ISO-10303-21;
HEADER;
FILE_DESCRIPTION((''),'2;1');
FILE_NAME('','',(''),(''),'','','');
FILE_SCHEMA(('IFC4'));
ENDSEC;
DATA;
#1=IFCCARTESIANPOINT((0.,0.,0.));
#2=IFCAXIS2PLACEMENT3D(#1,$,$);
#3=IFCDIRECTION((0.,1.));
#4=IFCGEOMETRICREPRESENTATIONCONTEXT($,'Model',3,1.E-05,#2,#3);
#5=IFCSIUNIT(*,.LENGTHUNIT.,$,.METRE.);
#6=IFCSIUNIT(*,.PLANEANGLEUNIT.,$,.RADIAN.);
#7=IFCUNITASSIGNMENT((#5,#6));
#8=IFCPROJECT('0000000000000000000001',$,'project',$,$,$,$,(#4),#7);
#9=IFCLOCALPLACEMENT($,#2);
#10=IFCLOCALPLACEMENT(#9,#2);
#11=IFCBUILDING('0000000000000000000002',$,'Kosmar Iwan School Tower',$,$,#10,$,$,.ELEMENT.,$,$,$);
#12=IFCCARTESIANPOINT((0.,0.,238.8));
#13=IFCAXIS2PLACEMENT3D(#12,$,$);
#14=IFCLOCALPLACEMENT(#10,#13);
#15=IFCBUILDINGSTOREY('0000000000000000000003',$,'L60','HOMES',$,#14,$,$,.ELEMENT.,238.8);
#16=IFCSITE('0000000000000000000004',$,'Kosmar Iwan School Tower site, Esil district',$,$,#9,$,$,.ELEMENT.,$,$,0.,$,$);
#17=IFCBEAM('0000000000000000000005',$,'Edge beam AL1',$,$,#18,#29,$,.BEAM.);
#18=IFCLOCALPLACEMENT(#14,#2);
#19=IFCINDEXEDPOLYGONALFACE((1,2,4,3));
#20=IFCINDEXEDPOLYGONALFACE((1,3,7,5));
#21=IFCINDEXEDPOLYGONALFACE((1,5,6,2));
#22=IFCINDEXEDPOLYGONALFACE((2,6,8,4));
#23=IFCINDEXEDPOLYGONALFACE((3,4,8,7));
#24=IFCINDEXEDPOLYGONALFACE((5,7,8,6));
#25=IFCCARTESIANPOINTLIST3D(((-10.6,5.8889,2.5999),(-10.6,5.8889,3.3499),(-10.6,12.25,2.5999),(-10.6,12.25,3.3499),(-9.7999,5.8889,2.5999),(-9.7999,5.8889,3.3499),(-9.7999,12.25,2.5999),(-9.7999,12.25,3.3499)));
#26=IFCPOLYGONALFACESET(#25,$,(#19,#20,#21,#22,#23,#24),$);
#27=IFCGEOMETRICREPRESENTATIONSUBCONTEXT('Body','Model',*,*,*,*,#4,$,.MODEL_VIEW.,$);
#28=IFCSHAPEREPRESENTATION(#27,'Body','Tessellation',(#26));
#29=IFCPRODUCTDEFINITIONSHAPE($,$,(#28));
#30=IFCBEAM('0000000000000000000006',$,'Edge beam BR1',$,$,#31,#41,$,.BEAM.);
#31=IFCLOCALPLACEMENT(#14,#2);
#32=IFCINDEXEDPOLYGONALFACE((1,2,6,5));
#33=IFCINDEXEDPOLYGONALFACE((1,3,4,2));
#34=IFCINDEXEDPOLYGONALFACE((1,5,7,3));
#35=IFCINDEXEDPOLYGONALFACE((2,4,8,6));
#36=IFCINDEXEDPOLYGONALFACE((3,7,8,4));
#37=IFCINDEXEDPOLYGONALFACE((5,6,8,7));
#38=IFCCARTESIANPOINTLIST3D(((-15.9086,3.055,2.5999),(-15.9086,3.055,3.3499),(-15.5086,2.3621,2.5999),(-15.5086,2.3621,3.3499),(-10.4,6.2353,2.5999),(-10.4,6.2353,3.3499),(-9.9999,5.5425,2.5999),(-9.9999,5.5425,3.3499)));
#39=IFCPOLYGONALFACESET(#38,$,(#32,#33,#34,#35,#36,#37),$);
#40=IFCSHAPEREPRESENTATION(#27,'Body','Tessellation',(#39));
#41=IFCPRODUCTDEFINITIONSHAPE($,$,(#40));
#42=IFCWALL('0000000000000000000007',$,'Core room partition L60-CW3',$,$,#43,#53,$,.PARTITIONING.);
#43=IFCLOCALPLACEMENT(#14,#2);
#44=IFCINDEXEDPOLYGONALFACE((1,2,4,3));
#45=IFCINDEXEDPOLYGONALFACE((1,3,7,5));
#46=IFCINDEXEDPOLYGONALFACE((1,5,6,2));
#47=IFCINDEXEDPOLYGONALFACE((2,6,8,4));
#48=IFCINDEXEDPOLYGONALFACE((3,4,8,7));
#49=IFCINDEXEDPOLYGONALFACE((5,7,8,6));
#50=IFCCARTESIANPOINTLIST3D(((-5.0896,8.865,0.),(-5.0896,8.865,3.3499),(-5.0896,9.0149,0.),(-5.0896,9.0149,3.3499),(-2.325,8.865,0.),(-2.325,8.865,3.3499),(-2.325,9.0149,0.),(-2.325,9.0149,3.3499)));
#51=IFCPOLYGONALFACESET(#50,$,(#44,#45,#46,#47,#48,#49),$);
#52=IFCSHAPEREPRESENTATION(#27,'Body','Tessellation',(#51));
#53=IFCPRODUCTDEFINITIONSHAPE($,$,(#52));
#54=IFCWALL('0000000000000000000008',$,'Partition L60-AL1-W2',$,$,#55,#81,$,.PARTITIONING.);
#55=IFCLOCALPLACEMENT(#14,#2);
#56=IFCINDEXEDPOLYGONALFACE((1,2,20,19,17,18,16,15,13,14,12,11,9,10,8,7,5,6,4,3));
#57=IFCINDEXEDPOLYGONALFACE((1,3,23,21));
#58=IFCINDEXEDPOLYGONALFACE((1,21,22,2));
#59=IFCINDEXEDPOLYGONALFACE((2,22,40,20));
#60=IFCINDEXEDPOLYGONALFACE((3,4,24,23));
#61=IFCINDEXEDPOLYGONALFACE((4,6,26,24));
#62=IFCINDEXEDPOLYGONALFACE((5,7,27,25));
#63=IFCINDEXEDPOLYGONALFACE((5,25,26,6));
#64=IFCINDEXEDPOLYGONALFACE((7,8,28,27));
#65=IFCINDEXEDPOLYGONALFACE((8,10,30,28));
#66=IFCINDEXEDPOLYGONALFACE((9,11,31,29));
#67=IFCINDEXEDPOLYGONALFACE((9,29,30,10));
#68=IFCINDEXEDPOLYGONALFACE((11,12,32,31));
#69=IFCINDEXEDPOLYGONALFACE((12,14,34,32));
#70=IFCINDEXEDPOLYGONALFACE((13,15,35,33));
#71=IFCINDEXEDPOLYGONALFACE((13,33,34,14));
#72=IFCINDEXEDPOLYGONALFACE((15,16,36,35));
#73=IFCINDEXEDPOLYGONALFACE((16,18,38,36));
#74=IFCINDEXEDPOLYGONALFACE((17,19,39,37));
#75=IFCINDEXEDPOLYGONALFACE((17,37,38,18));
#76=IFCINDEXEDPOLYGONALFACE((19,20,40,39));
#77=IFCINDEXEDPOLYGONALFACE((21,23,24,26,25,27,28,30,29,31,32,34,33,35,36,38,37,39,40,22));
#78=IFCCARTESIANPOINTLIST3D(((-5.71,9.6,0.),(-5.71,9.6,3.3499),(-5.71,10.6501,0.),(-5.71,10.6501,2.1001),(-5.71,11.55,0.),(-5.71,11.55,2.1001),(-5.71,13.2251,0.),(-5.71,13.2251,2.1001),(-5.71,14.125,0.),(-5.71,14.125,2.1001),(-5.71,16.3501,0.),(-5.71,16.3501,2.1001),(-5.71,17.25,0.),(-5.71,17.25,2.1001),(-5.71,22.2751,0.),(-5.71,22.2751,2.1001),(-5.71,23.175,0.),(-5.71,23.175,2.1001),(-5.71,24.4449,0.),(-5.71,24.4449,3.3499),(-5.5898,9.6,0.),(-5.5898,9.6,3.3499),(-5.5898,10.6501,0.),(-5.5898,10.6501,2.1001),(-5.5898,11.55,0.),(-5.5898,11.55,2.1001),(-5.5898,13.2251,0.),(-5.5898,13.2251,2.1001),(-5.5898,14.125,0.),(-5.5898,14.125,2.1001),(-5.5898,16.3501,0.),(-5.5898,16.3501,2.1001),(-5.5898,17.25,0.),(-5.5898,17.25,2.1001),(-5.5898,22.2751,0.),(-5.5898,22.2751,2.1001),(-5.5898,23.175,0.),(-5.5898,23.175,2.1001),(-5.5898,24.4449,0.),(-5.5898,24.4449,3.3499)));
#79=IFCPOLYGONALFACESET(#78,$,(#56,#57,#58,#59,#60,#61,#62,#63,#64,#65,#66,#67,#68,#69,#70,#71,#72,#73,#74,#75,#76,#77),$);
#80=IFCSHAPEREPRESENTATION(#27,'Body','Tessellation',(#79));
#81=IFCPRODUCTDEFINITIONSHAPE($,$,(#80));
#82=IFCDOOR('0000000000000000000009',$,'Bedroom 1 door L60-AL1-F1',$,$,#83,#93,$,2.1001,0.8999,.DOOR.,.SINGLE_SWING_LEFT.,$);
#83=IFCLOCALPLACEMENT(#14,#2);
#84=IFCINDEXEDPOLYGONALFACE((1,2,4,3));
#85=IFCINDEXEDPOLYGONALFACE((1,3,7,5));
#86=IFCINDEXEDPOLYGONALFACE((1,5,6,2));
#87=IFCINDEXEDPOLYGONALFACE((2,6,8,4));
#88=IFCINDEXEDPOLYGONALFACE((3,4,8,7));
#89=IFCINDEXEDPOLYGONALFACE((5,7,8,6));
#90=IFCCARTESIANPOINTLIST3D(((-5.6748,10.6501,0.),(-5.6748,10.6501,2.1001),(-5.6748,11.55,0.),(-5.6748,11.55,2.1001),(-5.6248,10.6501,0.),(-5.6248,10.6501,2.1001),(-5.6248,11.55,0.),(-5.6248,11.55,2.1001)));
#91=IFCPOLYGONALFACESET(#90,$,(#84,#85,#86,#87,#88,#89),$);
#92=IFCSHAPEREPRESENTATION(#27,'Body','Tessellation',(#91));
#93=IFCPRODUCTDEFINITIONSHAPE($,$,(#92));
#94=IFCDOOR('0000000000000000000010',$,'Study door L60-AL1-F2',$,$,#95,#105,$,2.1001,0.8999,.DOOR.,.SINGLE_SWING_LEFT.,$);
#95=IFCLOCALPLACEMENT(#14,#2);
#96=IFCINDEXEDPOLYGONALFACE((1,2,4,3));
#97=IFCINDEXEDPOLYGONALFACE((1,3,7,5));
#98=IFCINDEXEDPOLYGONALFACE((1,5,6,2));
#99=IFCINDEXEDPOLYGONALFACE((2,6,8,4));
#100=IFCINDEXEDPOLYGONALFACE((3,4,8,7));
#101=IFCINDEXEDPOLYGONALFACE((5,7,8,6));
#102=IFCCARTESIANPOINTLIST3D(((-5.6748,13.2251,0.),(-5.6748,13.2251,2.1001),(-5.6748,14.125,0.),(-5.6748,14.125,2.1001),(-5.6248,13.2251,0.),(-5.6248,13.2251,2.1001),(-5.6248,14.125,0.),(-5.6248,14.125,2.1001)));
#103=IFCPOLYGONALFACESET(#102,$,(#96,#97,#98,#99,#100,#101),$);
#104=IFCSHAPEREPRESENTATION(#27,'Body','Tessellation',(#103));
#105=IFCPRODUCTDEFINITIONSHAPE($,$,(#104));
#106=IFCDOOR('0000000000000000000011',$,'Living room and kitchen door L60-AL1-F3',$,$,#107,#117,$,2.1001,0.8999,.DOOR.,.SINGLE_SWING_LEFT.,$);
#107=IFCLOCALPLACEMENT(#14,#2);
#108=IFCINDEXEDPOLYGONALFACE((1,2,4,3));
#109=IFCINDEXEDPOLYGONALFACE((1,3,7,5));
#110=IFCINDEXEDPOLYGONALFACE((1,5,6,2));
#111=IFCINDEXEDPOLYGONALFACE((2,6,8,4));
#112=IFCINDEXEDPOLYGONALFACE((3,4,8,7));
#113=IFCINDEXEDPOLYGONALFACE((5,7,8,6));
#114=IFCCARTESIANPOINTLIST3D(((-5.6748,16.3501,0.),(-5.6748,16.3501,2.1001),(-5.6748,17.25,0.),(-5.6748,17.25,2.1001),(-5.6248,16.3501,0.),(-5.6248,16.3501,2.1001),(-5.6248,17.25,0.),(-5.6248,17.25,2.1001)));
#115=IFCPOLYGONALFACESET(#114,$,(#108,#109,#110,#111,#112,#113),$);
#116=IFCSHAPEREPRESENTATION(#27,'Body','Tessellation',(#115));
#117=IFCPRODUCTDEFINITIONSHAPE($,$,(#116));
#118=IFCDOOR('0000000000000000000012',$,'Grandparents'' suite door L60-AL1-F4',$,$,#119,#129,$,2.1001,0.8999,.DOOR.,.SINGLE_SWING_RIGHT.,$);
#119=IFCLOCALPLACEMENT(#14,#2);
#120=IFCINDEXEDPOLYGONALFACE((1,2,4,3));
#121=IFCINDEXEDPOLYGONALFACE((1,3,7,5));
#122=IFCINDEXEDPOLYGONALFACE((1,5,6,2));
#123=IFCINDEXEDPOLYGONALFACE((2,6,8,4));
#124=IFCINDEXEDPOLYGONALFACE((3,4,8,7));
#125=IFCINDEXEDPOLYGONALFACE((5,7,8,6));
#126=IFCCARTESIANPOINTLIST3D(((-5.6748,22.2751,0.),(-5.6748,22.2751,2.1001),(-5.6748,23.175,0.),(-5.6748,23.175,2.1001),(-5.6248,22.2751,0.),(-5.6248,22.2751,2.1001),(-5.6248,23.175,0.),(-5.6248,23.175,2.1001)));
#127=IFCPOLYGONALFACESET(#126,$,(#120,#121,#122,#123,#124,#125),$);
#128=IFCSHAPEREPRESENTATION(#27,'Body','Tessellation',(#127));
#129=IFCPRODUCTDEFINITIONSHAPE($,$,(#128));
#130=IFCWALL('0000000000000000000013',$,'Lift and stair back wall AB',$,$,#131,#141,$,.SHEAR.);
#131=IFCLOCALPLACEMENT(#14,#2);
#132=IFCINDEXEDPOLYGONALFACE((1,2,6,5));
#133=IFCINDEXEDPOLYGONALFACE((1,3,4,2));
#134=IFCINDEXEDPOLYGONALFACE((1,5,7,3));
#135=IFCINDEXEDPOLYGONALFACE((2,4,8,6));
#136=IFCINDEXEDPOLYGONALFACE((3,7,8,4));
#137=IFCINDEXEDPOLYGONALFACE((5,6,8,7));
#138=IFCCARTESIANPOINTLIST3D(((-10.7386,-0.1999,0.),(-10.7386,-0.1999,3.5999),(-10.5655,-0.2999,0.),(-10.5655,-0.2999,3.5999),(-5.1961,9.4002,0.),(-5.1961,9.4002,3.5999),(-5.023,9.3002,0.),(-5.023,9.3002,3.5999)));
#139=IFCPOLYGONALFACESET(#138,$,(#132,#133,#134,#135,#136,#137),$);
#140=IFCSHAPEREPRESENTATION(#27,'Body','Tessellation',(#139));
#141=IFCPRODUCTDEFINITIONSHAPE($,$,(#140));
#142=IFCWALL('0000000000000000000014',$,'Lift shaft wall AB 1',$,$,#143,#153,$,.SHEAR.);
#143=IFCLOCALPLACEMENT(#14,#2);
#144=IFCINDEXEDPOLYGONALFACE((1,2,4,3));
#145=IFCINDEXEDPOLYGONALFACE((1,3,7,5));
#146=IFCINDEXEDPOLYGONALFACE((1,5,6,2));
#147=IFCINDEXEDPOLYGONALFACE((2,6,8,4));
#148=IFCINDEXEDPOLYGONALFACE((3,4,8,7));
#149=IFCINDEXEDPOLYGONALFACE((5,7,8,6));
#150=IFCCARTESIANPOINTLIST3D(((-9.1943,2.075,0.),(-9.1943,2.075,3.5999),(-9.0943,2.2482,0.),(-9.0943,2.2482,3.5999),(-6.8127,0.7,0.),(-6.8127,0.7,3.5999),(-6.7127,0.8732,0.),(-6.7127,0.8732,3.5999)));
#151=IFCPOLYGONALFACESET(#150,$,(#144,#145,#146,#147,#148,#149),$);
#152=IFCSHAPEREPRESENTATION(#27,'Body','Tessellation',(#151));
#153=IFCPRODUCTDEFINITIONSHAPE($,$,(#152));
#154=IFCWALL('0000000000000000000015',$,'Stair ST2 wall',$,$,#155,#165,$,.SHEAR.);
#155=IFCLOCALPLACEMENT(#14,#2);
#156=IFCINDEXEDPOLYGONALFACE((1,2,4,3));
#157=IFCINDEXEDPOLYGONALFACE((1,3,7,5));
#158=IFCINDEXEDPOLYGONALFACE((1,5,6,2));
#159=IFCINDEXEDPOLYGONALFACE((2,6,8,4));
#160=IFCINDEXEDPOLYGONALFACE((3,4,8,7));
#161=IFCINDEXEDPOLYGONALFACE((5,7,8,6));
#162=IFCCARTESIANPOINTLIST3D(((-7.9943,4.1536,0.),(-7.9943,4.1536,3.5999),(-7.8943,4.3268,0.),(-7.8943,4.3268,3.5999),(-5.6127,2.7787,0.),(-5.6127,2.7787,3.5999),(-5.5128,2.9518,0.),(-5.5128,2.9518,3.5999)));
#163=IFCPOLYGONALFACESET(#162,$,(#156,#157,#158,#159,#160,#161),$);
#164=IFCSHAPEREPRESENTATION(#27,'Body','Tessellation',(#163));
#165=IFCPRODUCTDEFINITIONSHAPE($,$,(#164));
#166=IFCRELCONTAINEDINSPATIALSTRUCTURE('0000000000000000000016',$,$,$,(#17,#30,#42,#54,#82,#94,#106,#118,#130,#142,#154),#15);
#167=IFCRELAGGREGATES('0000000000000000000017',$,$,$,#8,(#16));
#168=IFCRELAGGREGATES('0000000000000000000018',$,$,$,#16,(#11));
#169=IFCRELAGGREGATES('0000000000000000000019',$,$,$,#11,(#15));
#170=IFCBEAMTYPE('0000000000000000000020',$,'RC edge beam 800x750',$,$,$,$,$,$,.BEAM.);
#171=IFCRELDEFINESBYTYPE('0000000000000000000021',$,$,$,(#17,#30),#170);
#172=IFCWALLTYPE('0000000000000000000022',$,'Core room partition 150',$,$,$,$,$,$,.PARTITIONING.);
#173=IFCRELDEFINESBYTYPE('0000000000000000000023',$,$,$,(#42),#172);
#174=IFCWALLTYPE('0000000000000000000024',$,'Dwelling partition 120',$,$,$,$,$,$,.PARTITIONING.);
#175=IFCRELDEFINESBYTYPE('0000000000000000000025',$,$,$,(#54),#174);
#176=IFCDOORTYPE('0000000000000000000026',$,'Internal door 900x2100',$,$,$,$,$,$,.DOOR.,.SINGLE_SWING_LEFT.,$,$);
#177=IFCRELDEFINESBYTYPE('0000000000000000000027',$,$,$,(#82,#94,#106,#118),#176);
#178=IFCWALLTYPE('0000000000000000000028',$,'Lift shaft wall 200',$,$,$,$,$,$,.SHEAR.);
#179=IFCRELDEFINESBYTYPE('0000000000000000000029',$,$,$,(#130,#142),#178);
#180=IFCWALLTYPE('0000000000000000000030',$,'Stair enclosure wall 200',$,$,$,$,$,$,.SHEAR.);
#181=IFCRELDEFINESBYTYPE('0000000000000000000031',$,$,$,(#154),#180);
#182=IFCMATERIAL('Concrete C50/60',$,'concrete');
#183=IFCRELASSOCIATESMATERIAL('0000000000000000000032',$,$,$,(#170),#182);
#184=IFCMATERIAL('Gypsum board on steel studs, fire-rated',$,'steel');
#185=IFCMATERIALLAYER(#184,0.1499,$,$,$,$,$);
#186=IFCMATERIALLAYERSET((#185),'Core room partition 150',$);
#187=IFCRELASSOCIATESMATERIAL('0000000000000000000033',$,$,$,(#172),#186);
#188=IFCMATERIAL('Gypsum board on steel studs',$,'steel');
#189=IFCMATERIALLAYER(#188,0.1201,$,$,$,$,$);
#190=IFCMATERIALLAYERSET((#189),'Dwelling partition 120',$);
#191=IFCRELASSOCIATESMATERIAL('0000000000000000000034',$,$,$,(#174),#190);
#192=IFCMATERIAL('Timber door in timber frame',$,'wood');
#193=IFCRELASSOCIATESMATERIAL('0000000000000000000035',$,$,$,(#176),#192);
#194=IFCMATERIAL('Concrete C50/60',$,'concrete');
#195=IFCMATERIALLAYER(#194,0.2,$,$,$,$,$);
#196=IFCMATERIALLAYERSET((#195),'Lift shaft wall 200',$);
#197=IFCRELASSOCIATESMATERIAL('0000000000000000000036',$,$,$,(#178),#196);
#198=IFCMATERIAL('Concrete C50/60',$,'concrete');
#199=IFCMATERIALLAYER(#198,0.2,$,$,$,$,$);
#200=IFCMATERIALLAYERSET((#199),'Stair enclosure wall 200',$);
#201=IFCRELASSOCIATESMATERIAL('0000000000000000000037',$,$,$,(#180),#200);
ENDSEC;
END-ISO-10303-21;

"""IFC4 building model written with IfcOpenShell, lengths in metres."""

from ifc_helpers import new_model, si_unit, direction, frame, frame_2d, origin, origin_2d, place, context, subcontext, project, spatial, rectangle, extrude, material, layer, layer_set, material_profile, profile_set, type_object, element, fill, save


model = new_model("IFC4")

# Units and contexts
model_context = context("Model", 3, precision=1e-05, world=origin(), true_north=direction((0.0, 1.0)))
body_context = subcontext(model_context, "Body", "Model", "MODEL_VIEW")
ifc_project = project(units=[si_unit("LENGTHUNIT", "METRE"), si_unit("PLANEANGLEUNIT", "RADIAN")], contexts=[model_context])

# Site, building, storey
site_placement = place(None, origin())
site = spatial("IfcSite", under=ifc_project, at=site_placement, Name="Kosmar Iwan School Tower site, Esil district", CompositionType="ELEMENT", RefElevation=0.0)
building_placement = place(site_placement, origin())
building = spatial("IfcBuilding", under=site, at=building_placement, Name="Kosmar Iwan School Tower", CompositionType="ELEMENT")
storey_placement = place(building_placement, frame((0.0, 0.0, 238.8)))
storey = spatial("IfcBuildingStorey", under=building, at=storey_placement, Name="L60", Description="HOMES", CompositionType="ELEMENT", Elevation=238.8)

# Beams
ifc_material_1 = material(Name="Concrete C50/60", Category="concrete")
ifc_material_profile = material_profile(ifc_material_1, rectangle(XDim=0.8, YDim=0.75, at=origin_2d()), Name="RC 800x750")
ifc_profile_set = profile_set([ifc_material_profile], Name="Concrete C50/60")
beam_type = type_object("IfcBeamType", Name="RC edge beam 800x750", PredefinedType="BEAM", material=ifc_profile_set)
beam_1_placement = place(storey_placement, frame((-10.2, 5.8889, 2.9749), z_axis=(0.0, 1.0, 0.0), x_axis=(-1.0, 0.0, 0.0)))
element("IfcBeam", 1, at=beam_1_placement, inside=storey, type_object=beam_type, Name="Edge beam AL1", PredefinedType="BEAM", context=body_context, shape_type="SweptSolid", body=[
    extrude(rectangle(XDim=0.8, YDim=0.75, at=origin_2d()), origin(), (0.0, 0.0, 1.0), 6.3611),
])
beam_2_placement = place(storey_placement, frame((-10.2, 5.8889, 2.9749), z_axis=(-0.866031, -0.49999, 0.0), x_axis=(0.49999, -0.866031, 0.0)))
element("IfcBeam", 2, at=beam_2_placement, inside=storey, type_object=beam_type, Name="Edge beam BR1", PredefinedType="BEAM", context=body_context, shape_type="SweptSolid", body=[
    extrude(rectangle(XDim=0.8, YDim=0.75, at=origin_2d()), origin(), (0.0, 0.0, 1.0), 6.3608),
])

# Wall
ifc_material_2 = material(Name="Gypsum board on steel studs, fire-rated", Category="steel")
ifc_layer_1 = layer(ifc_material_2, 0.1499)
ifc_layer_set_1 = layer_set([ifc_layer_1], Name="Core room partition 150")
wall_type_1 = type_object("IfcWallType", Name="Core room partition 150", PredefinedType="PARTITIONING", material=ifc_layer_set_1)
wall_1_placement = place(storey_placement, frame((-5.0896, 8.9399, 0.0), z_axis=(0.0, 0.0, 1.0), x_axis=(1.0, 0.0, 0.0)))
element("IfcWall", 3, at=wall_1_placement, inside=storey, type_object=wall_type_1, Name="Core room partition L60-CW3", PredefinedType="PARTITIONING", context=body_context, shape_type="SweptSolid", body=[
    extrude(rectangle(XDim=2.7646, YDim=0.1499, at=frame_2d((1.3823, 0.0))), origin(), (0.0, 0.0, 1.0), 3.3499),
])

# Wall, openings, doors
ifc_material_3 = material(Name="Gypsum board on steel studs", Category="steel")
ifc_layer_2 = layer(ifc_material_3, 0.1201)
ifc_layer_set_2 = layer_set([ifc_layer_2], Name="Dwelling partition 120")
wall_type_2 = type_object("IfcWallType", Name="Dwelling partition 120", PredefinedType="PARTITIONING", material=ifc_layer_set_2)
wall_2_placement = place(storey_placement, frame((-5.6499, 9.6001, 0.0), z_axis=(0.0, 0.0, 1.0), x_axis=(0.0, 1.0, 0.0)))
wall_2 = element("IfcWall", 4, at=wall_2_placement, inside=storey, type_object=wall_type_2, Name="Partition L60-AL1-W2", PredefinedType="PARTITIONING", context=body_context, shape_type="SweptSolid", body=[
    extrude(rectangle(XDim=14.845, YDim=0.1201, at=frame_2d((7.4224, 0.0))), origin(), (0.0, 0.0, 1.0), 3.3499),
])
opening_1_placement = place(wall_2_placement, frame((1.05, 0.0, 0.0)))
opening_1 = element("IfcOpeningElement", 5, at=opening_1_placement, cuts=wall_2, PredefinedType="OPENING", context=body_context, shape_type="SweptSolid", body=[
    extrude(rectangle(XDim=0.8999, YDim=2.1001, at=frame_2d((0.45, 1.05))), frame((0.0, 0.072, 0.0), z_axis=(0.0, -1.0, 0.0), x_axis=(1.0, 0.0, 0.0)), (0.0, 0.0, 1.0), 0.144),
])
opening_2_placement = place(wall_2_placement, frame((3.625, 0.0, 0.0)))
opening_2 = element("IfcOpeningElement", 6, at=opening_2_placement, cuts=wall_2, PredefinedType="OPENING", context=body_context, shape_type="SweptSolid", body=[
    extrude(rectangle(XDim=0.8999, YDim=2.1001, at=frame_2d((0.45, 1.05))), frame((0.0, 0.072, 0.0), z_axis=(0.0, -1.0, 0.0), x_axis=(1.0, 0.0, 0.0)), (0.0, 0.0, 1.0), 0.144),
])
opening_3_placement = place(wall_2_placement, frame((6.75, 0.0, 0.0)))
opening_3 = element("IfcOpeningElement", 7, at=opening_3_placement, cuts=wall_2, PredefinedType="OPENING", context=body_context, shape_type="SweptSolid", body=[
    extrude(rectangle(XDim=0.8999, YDim=2.1001, at=frame_2d((0.45, 1.05))), frame((0.0, 0.072, 0.0), z_axis=(0.0, -1.0, 0.0), x_axis=(1.0, 0.0, 0.0)), (0.0, 0.0, 1.0), 0.144),
])
opening_4_placement = place(wall_2_placement, frame((12.675, 0.0, 0.0)))
opening_4 = element("IfcOpeningElement", 8, at=opening_4_placement, cuts=wall_2, PredefinedType="OPENING", context=body_context, shape_type="SweptSolid", body=[
    extrude(rectangle(XDim=0.8999, YDim=2.1001, at=frame_2d((0.45, 1.05))), frame((0.0, 0.072, 0.0), z_axis=(0.0, -1.0, 0.0), x_axis=(1.0, 0.0, 0.0)), (0.0, 0.0, 1.0), 0.144),
])
ifc_material_4 = material(Name="Timber door in timber frame", Category="wood")
door_type = type_object("IfcDoorType", Name="Internal door 900x2100", OperationType="SINGLE_SWING_LEFT", PredefinedType="DOOR", material=ifc_material_4)
door_1_placement = place(opening_1_placement, origin())
door_1 = element("IfcDoor", 9, at=door_1_placement, inside=storey, type_object=door_type, Name="Bedroom 1 door L60-AL1-F1", OperationType="SINGLE_SWING_LEFT", OverallHeight=2.1001, OverallWidth=0.8999, PredefinedType="DOOR", context=body_context, shape_type="SweptSolid", body=[
    extrude(rectangle(XDim=0.8999, YDim=2.1001, at=frame_2d((0.45, 1.05))), frame((0.0, 0.0249, 0.0), z_axis=(0.0, -1.0, 0.0), x_axis=(1.0, 0.0, 0.0)), (0.0, 0.0, 1.0), 0.05),
])
fill(opening_1, door_1)
door_2_placement = place(opening_2_placement, origin())
door_2 = element("IfcDoor", 10, at=door_2_placement, inside=storey, type_object=door_type, Name="Study door L60-AL1-F2", OperationType="SINGLE_SWING_LEFT", OverallHeight=2.1001, OverallWidth=0.8999, PredefinedType="DOOR", context=body_context, shape_type="SweptSolid", body=[
    extrude(rectangle(XDim=0.8999, YDim=2.1001, at=frame_2d((0.45, 1.05))), frame((0.0, 0.0249, 0.0), z_axis=(0.0, -1.0, 0.0), x_axis=(1.0, 0.0, 0.0)), (0.0, 0.0, 1.0), 0.05),
])
fill(opening_2, door_2)
door_3_placement = place(opening_3_placement, origin())
door_3 = element("IfcDoor", 11, at=door_3_placement, inside=storey, type_object=door_type, Name="Living room and kitchen door L60-AL1-F3", OperationType="SINGLE_SWING_LEFT", OverallHeight=2.1001, OverallWidth=0.8999, PredefinedType="DOOR", context=body_context, shape_type="SweptSolid", body=[
    extrude(rectangle(XDim=0.8999, YDim=2.1001, at=frame_2d((0.45, 1.05))), frame((0.0, 0.0249, 0.0), z_axis=(0.0, -1.0, 0.0), x_axis=(1.0, 0.0, 0.0)), (0.0, 0.0, 1.0), 0.05),
])
fill(opening_3, door_3)
door_4_placement = place(opening_4_placement, origin())
door_4 = element("IfcDoor", 12, at=door_4_placement, inside=storey, type_object=door_type, Name="Grandparents' suite door L60-AL1-F4", OperationType="SINGLE_SWING_RIGHT", OverallHeight=2.1001, OverallWidth=0.8999, PredefinedType="DOOR", context=body_context, shape_type="SweptSolid", body=[
    extrude(rectangle(XDim=0.8999, YDim=2.1001, at=frame_2d((0.45, 1.05))), frame((0.0, 0.0249, 0.0), z_axis=(0.0, -1.0, 0.0), x_axis=(1.0, 0.0, 0.0)), (0.0, 0.0, 1.0), 0.05),
])
fill(opening_4, door_4)

# Walls
ifc_material_5 = material(Name="Concrete C50/60", Category="concrete")
ifc_layer_3 = layer(ifc_material_5, 0.2)
ifc_layer_set_3 = layer_set([ifc_layer_3], Name="Lift shaft wall 200")
wall_type_3 = type_object("IfcWallType", Name="Lift shaft wall 200", PredefinedType="SHEAR", material=ifc_layer_set_3)
wall_3_placement = place(storey_placement, frame((-5.1096, 9.3501, 0.0), z_axis=(0.0, 0.0, 1.0), x_axis=(-0.499991, -0.866031, 0.0)))
element("IfcWall", 13, at=wall_3_placement, inside=storey, type_object=wall_type_3, Name="Lift and stair back wall AB", PredefinedType="SHEAR", context=body_context, shape_type="SweptSolid", body=[
    extrude(rectangle(XDim=11.0852, YDim=0.2, at=frame_2d((5.5425, 0.0))), origin(), (0.0, 0.0, 1.0), 3.5999),
])
wall_4_placement = place(storey_placement, frame((-6.7627, 0.7866, 0.0), z_axis=(0.0, 0.0, 1.0), x_axis=(-0.866027, 0.499997, 0.0)))
element("IfcWall", 14, at=wall_4_placement, inside=storey, type_object=wall_type_3, Name="Lift shaft wall AB 1", PredefinedType="SHEAR", context=body_context, shape_type="SweptSolid", body=[
    extrude(rectangle(XDim=2.75, YDim=0.2, at=frame_2d((1.375, 0.0))), origin(), (0.0, 0.0, 1.0), 3.5999),
])
ifc_material_6 = material(Name="Concrete C50/60", Category="concrete")
ifc_layer_4 = layer(ifc_material_6, 0.2)
ifc_layer_set_4 = layer_set([ifc_layer_4], Name="Stair enclosure wall 200")
wall_type_4 = type_object("IfcWallType", Name="Stair enclosure wall 200", PredefinedType="SHEAR", material=ifc_layer_set_4)
wall_5_placement = place(storey_placement, frame((-5.5627, 2.8652, 0.0), z_axis=(0.0, 0.0, 1.0), x_axis=(-0.866027, 0.499997, 0.0)))
element("IfcWall", 15, at=wall_5_placement, inside=storey, type_object=wall_type_4, Name="Stair ST2 wall", PredefinedType="SHEAR", context=body_context, shape_type="SweptSolid", body=[
    extrude(rectangle(XDim=2.75, YDim=0.2, at=frame_2d((1.375, 0.0))), origin(), (0.0, 0.0, 1.0), 3.5999),
])

save(model, "model.ifc")
